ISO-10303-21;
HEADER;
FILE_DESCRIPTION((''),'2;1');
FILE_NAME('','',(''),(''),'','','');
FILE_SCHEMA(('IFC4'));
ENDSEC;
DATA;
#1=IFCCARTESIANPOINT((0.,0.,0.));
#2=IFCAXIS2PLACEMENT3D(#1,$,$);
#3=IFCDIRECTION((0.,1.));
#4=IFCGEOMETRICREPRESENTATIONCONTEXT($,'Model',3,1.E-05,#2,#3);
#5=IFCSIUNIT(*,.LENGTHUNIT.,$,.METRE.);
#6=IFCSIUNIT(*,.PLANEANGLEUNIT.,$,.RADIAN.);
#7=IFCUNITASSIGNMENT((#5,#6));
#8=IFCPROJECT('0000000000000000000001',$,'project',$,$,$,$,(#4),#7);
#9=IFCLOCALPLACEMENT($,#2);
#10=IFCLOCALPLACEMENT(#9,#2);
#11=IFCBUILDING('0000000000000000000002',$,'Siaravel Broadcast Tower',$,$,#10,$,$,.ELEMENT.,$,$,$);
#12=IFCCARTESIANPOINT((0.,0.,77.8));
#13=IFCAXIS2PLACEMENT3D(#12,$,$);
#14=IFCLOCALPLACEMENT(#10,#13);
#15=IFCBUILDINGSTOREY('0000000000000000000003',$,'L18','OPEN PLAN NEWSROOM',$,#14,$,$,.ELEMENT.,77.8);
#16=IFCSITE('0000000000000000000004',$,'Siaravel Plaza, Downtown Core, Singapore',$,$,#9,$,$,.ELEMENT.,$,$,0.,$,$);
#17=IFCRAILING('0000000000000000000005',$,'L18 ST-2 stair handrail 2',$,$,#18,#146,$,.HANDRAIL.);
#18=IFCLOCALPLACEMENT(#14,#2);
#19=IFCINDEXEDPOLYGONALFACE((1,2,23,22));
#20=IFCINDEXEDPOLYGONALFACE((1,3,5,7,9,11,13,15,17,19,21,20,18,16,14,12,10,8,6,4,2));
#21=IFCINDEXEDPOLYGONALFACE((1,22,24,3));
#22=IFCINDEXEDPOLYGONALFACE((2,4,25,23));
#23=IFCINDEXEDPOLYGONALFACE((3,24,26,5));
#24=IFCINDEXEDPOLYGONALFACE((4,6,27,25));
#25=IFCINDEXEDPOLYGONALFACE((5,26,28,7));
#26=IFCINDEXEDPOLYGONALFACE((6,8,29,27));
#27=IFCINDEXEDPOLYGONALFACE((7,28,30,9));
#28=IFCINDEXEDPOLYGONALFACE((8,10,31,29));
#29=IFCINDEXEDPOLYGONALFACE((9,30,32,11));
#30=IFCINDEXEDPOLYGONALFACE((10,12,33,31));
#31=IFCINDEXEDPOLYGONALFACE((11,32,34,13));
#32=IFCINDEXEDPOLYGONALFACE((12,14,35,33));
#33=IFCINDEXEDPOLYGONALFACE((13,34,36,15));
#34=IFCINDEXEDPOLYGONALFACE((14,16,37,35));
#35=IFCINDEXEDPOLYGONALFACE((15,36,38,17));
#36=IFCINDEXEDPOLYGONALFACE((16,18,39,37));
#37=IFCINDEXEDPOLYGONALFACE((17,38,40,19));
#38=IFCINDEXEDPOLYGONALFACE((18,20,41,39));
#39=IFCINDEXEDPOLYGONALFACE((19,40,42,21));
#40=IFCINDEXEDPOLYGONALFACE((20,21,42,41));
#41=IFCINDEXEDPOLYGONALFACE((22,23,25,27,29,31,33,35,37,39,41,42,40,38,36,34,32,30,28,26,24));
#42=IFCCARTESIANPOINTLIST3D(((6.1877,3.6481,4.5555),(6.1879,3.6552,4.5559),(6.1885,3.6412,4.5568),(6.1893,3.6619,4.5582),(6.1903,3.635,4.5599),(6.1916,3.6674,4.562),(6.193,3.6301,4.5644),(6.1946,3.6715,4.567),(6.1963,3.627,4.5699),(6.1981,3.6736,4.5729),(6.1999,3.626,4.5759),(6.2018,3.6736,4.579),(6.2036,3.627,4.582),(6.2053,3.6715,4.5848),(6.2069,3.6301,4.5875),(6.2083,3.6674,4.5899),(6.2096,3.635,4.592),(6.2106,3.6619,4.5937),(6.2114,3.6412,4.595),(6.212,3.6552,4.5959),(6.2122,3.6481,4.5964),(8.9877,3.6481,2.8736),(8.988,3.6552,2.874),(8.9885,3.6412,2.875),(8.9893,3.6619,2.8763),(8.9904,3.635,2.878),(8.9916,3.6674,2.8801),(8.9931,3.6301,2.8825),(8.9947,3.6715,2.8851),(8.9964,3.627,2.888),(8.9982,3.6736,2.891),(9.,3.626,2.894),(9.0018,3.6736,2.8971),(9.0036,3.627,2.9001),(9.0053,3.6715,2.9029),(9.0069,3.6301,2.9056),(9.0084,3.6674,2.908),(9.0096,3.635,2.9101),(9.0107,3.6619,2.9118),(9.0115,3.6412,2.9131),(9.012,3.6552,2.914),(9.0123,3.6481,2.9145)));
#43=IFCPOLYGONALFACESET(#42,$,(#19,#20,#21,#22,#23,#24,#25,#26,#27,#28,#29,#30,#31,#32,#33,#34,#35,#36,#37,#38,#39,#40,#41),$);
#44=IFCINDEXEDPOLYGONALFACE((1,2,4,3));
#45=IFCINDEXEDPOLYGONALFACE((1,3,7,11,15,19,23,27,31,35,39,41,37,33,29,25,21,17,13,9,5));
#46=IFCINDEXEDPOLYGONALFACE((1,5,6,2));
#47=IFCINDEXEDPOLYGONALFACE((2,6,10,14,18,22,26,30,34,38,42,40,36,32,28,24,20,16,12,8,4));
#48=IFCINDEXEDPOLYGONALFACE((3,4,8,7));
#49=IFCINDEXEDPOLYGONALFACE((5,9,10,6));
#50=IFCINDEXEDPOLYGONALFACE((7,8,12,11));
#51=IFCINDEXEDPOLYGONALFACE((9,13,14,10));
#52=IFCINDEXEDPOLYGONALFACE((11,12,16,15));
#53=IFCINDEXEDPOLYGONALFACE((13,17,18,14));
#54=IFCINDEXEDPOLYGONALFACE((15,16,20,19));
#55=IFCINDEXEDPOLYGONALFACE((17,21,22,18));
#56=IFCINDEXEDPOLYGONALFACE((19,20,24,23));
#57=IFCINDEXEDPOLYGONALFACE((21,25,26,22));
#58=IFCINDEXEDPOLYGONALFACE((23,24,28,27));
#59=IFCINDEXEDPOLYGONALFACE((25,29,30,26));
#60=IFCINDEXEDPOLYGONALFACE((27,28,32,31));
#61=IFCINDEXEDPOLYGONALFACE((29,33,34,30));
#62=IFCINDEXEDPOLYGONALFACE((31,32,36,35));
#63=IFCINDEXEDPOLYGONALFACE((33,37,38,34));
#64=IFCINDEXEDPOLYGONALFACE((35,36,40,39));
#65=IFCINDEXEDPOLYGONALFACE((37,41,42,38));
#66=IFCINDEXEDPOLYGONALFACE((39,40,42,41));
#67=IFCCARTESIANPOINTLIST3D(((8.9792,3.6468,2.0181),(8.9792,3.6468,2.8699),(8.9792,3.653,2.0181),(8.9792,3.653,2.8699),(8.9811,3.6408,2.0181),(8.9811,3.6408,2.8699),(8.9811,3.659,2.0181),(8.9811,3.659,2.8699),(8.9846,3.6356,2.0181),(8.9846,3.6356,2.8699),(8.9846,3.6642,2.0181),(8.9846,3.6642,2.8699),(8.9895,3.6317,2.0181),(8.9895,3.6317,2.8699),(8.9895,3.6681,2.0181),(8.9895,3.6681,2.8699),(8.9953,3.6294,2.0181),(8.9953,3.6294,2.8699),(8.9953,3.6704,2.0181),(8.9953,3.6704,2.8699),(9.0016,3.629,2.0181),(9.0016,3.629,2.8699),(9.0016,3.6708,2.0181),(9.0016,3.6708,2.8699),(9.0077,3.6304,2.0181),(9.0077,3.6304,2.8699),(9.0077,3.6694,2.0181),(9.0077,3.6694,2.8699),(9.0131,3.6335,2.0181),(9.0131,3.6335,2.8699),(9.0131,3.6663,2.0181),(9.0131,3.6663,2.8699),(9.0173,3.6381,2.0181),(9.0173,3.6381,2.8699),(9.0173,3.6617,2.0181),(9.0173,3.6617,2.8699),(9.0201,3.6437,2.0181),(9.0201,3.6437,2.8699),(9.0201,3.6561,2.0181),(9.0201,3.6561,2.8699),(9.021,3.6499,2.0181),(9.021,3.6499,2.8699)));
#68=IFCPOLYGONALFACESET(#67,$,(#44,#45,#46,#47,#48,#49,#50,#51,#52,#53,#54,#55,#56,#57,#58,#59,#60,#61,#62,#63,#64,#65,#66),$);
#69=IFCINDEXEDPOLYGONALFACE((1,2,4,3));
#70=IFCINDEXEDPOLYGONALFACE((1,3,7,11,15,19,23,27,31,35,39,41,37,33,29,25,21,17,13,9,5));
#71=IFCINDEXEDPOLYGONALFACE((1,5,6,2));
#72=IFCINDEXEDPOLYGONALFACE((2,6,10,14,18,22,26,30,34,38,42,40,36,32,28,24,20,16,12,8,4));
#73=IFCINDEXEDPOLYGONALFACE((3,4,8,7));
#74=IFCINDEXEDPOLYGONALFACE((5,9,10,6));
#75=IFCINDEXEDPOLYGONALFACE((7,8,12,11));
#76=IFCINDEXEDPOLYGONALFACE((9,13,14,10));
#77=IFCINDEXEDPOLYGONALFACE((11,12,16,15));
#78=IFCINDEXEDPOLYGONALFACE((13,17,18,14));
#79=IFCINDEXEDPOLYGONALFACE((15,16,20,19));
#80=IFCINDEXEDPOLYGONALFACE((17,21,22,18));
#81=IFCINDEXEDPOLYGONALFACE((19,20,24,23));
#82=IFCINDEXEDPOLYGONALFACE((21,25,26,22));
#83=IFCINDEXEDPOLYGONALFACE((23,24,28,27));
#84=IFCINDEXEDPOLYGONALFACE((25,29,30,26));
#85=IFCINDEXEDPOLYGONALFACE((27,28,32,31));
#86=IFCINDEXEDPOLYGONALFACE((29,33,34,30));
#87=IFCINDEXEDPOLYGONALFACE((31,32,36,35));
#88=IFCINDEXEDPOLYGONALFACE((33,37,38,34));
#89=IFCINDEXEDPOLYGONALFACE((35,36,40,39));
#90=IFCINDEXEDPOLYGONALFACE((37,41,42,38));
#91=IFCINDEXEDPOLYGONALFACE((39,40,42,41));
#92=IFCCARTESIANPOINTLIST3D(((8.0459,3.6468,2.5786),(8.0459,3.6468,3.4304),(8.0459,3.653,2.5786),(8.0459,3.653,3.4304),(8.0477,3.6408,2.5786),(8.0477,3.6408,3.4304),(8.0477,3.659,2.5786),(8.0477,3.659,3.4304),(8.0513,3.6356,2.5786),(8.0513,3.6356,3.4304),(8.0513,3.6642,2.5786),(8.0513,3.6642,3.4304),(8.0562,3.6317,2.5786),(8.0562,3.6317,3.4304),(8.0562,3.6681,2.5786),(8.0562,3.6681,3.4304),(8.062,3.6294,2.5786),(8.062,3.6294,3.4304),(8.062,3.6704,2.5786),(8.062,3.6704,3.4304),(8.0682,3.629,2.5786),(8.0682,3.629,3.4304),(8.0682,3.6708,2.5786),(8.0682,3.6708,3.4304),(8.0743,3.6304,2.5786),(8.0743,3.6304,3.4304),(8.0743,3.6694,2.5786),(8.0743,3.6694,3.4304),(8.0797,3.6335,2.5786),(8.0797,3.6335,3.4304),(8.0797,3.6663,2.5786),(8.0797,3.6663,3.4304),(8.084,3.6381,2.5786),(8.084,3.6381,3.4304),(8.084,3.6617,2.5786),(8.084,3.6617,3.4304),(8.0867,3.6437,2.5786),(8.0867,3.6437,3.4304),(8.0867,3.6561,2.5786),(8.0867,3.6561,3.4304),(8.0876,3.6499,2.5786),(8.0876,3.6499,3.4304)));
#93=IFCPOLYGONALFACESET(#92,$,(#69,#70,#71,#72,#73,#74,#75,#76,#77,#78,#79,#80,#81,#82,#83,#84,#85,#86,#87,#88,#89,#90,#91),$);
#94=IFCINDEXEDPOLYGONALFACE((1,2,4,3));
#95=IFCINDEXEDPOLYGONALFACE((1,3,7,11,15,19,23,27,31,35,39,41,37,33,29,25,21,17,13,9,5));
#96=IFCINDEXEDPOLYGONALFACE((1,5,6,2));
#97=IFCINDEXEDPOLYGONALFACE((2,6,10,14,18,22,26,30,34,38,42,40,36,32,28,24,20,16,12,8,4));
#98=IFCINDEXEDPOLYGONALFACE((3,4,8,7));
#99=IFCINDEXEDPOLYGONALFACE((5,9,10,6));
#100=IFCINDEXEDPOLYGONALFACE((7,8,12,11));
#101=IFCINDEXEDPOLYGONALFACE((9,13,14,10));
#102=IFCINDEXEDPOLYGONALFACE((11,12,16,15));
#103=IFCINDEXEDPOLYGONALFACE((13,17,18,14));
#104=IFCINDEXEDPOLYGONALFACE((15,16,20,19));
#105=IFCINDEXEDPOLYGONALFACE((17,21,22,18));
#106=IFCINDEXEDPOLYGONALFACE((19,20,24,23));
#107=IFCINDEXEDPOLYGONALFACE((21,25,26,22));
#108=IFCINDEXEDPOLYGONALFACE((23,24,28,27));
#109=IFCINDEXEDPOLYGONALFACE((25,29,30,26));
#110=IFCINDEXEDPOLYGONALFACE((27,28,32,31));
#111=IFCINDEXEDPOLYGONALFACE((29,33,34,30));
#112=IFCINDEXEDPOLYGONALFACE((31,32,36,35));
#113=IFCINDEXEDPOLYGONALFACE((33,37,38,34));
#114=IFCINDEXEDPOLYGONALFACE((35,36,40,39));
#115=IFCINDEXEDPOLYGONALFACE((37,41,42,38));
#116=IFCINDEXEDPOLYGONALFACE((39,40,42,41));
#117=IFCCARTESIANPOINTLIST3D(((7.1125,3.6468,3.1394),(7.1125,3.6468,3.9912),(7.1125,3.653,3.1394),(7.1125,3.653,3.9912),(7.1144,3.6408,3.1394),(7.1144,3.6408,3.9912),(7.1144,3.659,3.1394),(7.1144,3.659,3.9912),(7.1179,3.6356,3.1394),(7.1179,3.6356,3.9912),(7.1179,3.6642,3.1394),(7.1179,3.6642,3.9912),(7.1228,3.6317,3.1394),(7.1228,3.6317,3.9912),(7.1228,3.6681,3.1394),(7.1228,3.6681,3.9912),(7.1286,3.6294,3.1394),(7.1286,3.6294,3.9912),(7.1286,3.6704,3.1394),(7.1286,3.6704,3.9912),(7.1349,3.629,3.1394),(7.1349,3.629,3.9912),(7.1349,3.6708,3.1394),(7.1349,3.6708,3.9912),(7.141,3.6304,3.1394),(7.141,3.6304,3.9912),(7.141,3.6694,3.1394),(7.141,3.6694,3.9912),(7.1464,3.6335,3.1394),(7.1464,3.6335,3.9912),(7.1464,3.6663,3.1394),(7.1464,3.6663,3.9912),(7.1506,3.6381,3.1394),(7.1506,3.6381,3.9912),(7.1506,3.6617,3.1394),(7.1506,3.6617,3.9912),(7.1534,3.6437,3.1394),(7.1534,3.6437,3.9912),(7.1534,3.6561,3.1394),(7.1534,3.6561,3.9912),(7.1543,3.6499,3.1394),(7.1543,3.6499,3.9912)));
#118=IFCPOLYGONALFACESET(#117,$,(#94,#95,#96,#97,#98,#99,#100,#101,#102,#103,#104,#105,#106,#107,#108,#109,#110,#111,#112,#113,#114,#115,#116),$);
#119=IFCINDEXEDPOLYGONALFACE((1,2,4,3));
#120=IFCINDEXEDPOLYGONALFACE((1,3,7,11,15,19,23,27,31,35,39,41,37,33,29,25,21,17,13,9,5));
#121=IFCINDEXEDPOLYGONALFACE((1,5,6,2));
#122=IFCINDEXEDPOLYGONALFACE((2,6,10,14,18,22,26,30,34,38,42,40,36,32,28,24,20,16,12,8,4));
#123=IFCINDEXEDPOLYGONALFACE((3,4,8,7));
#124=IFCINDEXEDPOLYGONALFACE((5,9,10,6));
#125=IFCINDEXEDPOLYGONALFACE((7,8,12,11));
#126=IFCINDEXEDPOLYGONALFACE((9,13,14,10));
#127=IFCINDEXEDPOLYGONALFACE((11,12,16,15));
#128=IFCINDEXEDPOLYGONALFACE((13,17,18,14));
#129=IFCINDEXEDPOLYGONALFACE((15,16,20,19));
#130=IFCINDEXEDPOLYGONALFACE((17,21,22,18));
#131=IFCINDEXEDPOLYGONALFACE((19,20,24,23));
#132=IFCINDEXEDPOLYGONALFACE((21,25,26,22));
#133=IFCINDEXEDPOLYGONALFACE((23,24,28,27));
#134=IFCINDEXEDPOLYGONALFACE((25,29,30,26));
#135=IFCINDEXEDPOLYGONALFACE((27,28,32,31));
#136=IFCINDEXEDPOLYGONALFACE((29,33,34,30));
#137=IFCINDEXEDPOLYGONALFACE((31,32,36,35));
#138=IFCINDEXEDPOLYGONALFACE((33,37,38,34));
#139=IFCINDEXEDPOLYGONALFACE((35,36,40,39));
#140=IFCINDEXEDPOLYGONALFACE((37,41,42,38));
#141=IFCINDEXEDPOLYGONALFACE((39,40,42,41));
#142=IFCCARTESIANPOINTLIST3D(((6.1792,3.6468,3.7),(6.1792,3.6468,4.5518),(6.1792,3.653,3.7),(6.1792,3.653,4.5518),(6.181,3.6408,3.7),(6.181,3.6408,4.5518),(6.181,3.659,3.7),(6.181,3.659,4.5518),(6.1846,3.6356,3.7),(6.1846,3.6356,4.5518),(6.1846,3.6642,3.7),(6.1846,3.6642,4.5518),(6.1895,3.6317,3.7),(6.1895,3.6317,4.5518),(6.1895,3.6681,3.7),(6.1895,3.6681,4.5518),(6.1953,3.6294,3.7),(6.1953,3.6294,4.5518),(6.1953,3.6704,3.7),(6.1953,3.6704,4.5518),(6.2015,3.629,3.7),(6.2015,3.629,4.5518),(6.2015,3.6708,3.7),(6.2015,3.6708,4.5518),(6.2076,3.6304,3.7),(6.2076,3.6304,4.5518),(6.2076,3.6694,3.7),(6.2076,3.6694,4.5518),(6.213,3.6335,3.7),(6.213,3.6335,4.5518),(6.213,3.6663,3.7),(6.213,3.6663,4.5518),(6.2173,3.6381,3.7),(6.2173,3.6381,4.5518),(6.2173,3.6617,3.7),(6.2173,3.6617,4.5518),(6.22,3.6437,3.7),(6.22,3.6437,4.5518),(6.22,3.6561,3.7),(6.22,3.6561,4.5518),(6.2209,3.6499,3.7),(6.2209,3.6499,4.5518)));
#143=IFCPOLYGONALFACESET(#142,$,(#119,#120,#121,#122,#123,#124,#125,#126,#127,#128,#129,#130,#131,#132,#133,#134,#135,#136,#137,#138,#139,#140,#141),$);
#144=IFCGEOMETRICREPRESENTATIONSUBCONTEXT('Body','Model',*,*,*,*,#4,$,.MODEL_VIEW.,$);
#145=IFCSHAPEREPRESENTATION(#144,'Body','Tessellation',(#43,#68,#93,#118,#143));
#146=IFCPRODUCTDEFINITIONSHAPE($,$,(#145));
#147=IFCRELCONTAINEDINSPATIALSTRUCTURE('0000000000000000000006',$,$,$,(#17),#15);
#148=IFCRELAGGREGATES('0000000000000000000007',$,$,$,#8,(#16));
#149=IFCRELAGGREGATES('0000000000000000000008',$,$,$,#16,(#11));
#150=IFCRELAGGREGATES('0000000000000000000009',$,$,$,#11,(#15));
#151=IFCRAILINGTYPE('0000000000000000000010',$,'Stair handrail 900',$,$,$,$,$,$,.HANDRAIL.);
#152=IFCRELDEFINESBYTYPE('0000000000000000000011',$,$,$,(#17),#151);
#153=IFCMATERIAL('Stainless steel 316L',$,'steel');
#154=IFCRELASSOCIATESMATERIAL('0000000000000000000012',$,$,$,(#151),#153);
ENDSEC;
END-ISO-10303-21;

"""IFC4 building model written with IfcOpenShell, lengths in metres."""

from ifc_helpers import new_model, si_unit, direction, frame, origin, origin_2d, place, context, subcontext, project, spatial, circle, extrude, material, type_object, element, save


model = new_model("IFC4")

# Units and contexts
model_context = context("Model", 3, precision=1e-05, world=origin(), true_north=direction((0.0, 1.0)))
body_context = subcontext(model_context, "Body", "Model", "MODEL_VIEW")
ifc_project = project(units=[si_unit("LENGTHUNIT", "METRE"), si_unit("PLANEANGLEUNIT", "RADIAN")], contexts=[model_context])

# Site, building, storey
site_placement = place(None, origin())
site = spatial("IfcSite", under=ifc_project, at=site_placement, Name="Siaravel Plaza, Downtown Core, Singapore", CompositionType="ELEMENT", RefElevation=0.0)
building_placement = place(site_placement, origin())
building = spatial("IfcBuilding", under=site, at=building_placement, Name="Siaravel Broadcast Tower", CompositionType="ELEMENT")
storey_placement = place(building_placement, frame((0.0, 0.0, 77.8)))
storey = spatial("IfcBuildingStorey", under=building, at=storey_placement, Name="L18", Description="OPEN PLAN NEWSROOM", CompositionType="ELEMENT", Elevation=77.8)

# Railing
ifc_material_1 = material(Name="Stainless steel 316L", Category="steel")
railing_type_1 = type_object("IfcRailingType", Name="Stair handrail 900", PredefinedType="HANDRAIL", material=ifc_material_1)
railing_1_placement = place(storey_placement, frame((9.0, 3.6499, 2.0181)))
element("IfcRailing", 1, at=railing_1_placement, inside=storey, type_object=railing_type_1, Name="L18 ST-2 stair handrail 2", PredefinedType="HANDRAIL", context=body_context, shape_type="SweptSolid", body=[
    extrude(circle(Radius=0.0239, at=origin_2d()), frame((0.0, 0.0, 0.876), z_axis=(-0.857242, 0.0, 0.514913), x_axis=(0.0, -1.0, 0.0)), (0.0, 0.0, 1.0), 3.2664),
    extrude(circle(Radius=0.021, at=origin_2d()), origin(), (0.0, 0.0, 1.0), 0.8518),
    extrude(circle(Radius=0.021, at=origin_2d()), frame((-0.9333, 0.0, 0.5605)), (0.0, 0.0, 1.0), 0.8518),
    extrude(circle(Radius=0.021, at=origin_2d()), frame((-1.8667, 0.0, 1.1213)), (0.0, 0.0, 1.0), 0.8518),
    extrude(circle(Radius=0.021, at=origin_2d()), frame((-2.8, 0.0, 1.6819)), (0.0, 0.0, 1.0), 0.8518),
])

save(model, "model.ifc")
